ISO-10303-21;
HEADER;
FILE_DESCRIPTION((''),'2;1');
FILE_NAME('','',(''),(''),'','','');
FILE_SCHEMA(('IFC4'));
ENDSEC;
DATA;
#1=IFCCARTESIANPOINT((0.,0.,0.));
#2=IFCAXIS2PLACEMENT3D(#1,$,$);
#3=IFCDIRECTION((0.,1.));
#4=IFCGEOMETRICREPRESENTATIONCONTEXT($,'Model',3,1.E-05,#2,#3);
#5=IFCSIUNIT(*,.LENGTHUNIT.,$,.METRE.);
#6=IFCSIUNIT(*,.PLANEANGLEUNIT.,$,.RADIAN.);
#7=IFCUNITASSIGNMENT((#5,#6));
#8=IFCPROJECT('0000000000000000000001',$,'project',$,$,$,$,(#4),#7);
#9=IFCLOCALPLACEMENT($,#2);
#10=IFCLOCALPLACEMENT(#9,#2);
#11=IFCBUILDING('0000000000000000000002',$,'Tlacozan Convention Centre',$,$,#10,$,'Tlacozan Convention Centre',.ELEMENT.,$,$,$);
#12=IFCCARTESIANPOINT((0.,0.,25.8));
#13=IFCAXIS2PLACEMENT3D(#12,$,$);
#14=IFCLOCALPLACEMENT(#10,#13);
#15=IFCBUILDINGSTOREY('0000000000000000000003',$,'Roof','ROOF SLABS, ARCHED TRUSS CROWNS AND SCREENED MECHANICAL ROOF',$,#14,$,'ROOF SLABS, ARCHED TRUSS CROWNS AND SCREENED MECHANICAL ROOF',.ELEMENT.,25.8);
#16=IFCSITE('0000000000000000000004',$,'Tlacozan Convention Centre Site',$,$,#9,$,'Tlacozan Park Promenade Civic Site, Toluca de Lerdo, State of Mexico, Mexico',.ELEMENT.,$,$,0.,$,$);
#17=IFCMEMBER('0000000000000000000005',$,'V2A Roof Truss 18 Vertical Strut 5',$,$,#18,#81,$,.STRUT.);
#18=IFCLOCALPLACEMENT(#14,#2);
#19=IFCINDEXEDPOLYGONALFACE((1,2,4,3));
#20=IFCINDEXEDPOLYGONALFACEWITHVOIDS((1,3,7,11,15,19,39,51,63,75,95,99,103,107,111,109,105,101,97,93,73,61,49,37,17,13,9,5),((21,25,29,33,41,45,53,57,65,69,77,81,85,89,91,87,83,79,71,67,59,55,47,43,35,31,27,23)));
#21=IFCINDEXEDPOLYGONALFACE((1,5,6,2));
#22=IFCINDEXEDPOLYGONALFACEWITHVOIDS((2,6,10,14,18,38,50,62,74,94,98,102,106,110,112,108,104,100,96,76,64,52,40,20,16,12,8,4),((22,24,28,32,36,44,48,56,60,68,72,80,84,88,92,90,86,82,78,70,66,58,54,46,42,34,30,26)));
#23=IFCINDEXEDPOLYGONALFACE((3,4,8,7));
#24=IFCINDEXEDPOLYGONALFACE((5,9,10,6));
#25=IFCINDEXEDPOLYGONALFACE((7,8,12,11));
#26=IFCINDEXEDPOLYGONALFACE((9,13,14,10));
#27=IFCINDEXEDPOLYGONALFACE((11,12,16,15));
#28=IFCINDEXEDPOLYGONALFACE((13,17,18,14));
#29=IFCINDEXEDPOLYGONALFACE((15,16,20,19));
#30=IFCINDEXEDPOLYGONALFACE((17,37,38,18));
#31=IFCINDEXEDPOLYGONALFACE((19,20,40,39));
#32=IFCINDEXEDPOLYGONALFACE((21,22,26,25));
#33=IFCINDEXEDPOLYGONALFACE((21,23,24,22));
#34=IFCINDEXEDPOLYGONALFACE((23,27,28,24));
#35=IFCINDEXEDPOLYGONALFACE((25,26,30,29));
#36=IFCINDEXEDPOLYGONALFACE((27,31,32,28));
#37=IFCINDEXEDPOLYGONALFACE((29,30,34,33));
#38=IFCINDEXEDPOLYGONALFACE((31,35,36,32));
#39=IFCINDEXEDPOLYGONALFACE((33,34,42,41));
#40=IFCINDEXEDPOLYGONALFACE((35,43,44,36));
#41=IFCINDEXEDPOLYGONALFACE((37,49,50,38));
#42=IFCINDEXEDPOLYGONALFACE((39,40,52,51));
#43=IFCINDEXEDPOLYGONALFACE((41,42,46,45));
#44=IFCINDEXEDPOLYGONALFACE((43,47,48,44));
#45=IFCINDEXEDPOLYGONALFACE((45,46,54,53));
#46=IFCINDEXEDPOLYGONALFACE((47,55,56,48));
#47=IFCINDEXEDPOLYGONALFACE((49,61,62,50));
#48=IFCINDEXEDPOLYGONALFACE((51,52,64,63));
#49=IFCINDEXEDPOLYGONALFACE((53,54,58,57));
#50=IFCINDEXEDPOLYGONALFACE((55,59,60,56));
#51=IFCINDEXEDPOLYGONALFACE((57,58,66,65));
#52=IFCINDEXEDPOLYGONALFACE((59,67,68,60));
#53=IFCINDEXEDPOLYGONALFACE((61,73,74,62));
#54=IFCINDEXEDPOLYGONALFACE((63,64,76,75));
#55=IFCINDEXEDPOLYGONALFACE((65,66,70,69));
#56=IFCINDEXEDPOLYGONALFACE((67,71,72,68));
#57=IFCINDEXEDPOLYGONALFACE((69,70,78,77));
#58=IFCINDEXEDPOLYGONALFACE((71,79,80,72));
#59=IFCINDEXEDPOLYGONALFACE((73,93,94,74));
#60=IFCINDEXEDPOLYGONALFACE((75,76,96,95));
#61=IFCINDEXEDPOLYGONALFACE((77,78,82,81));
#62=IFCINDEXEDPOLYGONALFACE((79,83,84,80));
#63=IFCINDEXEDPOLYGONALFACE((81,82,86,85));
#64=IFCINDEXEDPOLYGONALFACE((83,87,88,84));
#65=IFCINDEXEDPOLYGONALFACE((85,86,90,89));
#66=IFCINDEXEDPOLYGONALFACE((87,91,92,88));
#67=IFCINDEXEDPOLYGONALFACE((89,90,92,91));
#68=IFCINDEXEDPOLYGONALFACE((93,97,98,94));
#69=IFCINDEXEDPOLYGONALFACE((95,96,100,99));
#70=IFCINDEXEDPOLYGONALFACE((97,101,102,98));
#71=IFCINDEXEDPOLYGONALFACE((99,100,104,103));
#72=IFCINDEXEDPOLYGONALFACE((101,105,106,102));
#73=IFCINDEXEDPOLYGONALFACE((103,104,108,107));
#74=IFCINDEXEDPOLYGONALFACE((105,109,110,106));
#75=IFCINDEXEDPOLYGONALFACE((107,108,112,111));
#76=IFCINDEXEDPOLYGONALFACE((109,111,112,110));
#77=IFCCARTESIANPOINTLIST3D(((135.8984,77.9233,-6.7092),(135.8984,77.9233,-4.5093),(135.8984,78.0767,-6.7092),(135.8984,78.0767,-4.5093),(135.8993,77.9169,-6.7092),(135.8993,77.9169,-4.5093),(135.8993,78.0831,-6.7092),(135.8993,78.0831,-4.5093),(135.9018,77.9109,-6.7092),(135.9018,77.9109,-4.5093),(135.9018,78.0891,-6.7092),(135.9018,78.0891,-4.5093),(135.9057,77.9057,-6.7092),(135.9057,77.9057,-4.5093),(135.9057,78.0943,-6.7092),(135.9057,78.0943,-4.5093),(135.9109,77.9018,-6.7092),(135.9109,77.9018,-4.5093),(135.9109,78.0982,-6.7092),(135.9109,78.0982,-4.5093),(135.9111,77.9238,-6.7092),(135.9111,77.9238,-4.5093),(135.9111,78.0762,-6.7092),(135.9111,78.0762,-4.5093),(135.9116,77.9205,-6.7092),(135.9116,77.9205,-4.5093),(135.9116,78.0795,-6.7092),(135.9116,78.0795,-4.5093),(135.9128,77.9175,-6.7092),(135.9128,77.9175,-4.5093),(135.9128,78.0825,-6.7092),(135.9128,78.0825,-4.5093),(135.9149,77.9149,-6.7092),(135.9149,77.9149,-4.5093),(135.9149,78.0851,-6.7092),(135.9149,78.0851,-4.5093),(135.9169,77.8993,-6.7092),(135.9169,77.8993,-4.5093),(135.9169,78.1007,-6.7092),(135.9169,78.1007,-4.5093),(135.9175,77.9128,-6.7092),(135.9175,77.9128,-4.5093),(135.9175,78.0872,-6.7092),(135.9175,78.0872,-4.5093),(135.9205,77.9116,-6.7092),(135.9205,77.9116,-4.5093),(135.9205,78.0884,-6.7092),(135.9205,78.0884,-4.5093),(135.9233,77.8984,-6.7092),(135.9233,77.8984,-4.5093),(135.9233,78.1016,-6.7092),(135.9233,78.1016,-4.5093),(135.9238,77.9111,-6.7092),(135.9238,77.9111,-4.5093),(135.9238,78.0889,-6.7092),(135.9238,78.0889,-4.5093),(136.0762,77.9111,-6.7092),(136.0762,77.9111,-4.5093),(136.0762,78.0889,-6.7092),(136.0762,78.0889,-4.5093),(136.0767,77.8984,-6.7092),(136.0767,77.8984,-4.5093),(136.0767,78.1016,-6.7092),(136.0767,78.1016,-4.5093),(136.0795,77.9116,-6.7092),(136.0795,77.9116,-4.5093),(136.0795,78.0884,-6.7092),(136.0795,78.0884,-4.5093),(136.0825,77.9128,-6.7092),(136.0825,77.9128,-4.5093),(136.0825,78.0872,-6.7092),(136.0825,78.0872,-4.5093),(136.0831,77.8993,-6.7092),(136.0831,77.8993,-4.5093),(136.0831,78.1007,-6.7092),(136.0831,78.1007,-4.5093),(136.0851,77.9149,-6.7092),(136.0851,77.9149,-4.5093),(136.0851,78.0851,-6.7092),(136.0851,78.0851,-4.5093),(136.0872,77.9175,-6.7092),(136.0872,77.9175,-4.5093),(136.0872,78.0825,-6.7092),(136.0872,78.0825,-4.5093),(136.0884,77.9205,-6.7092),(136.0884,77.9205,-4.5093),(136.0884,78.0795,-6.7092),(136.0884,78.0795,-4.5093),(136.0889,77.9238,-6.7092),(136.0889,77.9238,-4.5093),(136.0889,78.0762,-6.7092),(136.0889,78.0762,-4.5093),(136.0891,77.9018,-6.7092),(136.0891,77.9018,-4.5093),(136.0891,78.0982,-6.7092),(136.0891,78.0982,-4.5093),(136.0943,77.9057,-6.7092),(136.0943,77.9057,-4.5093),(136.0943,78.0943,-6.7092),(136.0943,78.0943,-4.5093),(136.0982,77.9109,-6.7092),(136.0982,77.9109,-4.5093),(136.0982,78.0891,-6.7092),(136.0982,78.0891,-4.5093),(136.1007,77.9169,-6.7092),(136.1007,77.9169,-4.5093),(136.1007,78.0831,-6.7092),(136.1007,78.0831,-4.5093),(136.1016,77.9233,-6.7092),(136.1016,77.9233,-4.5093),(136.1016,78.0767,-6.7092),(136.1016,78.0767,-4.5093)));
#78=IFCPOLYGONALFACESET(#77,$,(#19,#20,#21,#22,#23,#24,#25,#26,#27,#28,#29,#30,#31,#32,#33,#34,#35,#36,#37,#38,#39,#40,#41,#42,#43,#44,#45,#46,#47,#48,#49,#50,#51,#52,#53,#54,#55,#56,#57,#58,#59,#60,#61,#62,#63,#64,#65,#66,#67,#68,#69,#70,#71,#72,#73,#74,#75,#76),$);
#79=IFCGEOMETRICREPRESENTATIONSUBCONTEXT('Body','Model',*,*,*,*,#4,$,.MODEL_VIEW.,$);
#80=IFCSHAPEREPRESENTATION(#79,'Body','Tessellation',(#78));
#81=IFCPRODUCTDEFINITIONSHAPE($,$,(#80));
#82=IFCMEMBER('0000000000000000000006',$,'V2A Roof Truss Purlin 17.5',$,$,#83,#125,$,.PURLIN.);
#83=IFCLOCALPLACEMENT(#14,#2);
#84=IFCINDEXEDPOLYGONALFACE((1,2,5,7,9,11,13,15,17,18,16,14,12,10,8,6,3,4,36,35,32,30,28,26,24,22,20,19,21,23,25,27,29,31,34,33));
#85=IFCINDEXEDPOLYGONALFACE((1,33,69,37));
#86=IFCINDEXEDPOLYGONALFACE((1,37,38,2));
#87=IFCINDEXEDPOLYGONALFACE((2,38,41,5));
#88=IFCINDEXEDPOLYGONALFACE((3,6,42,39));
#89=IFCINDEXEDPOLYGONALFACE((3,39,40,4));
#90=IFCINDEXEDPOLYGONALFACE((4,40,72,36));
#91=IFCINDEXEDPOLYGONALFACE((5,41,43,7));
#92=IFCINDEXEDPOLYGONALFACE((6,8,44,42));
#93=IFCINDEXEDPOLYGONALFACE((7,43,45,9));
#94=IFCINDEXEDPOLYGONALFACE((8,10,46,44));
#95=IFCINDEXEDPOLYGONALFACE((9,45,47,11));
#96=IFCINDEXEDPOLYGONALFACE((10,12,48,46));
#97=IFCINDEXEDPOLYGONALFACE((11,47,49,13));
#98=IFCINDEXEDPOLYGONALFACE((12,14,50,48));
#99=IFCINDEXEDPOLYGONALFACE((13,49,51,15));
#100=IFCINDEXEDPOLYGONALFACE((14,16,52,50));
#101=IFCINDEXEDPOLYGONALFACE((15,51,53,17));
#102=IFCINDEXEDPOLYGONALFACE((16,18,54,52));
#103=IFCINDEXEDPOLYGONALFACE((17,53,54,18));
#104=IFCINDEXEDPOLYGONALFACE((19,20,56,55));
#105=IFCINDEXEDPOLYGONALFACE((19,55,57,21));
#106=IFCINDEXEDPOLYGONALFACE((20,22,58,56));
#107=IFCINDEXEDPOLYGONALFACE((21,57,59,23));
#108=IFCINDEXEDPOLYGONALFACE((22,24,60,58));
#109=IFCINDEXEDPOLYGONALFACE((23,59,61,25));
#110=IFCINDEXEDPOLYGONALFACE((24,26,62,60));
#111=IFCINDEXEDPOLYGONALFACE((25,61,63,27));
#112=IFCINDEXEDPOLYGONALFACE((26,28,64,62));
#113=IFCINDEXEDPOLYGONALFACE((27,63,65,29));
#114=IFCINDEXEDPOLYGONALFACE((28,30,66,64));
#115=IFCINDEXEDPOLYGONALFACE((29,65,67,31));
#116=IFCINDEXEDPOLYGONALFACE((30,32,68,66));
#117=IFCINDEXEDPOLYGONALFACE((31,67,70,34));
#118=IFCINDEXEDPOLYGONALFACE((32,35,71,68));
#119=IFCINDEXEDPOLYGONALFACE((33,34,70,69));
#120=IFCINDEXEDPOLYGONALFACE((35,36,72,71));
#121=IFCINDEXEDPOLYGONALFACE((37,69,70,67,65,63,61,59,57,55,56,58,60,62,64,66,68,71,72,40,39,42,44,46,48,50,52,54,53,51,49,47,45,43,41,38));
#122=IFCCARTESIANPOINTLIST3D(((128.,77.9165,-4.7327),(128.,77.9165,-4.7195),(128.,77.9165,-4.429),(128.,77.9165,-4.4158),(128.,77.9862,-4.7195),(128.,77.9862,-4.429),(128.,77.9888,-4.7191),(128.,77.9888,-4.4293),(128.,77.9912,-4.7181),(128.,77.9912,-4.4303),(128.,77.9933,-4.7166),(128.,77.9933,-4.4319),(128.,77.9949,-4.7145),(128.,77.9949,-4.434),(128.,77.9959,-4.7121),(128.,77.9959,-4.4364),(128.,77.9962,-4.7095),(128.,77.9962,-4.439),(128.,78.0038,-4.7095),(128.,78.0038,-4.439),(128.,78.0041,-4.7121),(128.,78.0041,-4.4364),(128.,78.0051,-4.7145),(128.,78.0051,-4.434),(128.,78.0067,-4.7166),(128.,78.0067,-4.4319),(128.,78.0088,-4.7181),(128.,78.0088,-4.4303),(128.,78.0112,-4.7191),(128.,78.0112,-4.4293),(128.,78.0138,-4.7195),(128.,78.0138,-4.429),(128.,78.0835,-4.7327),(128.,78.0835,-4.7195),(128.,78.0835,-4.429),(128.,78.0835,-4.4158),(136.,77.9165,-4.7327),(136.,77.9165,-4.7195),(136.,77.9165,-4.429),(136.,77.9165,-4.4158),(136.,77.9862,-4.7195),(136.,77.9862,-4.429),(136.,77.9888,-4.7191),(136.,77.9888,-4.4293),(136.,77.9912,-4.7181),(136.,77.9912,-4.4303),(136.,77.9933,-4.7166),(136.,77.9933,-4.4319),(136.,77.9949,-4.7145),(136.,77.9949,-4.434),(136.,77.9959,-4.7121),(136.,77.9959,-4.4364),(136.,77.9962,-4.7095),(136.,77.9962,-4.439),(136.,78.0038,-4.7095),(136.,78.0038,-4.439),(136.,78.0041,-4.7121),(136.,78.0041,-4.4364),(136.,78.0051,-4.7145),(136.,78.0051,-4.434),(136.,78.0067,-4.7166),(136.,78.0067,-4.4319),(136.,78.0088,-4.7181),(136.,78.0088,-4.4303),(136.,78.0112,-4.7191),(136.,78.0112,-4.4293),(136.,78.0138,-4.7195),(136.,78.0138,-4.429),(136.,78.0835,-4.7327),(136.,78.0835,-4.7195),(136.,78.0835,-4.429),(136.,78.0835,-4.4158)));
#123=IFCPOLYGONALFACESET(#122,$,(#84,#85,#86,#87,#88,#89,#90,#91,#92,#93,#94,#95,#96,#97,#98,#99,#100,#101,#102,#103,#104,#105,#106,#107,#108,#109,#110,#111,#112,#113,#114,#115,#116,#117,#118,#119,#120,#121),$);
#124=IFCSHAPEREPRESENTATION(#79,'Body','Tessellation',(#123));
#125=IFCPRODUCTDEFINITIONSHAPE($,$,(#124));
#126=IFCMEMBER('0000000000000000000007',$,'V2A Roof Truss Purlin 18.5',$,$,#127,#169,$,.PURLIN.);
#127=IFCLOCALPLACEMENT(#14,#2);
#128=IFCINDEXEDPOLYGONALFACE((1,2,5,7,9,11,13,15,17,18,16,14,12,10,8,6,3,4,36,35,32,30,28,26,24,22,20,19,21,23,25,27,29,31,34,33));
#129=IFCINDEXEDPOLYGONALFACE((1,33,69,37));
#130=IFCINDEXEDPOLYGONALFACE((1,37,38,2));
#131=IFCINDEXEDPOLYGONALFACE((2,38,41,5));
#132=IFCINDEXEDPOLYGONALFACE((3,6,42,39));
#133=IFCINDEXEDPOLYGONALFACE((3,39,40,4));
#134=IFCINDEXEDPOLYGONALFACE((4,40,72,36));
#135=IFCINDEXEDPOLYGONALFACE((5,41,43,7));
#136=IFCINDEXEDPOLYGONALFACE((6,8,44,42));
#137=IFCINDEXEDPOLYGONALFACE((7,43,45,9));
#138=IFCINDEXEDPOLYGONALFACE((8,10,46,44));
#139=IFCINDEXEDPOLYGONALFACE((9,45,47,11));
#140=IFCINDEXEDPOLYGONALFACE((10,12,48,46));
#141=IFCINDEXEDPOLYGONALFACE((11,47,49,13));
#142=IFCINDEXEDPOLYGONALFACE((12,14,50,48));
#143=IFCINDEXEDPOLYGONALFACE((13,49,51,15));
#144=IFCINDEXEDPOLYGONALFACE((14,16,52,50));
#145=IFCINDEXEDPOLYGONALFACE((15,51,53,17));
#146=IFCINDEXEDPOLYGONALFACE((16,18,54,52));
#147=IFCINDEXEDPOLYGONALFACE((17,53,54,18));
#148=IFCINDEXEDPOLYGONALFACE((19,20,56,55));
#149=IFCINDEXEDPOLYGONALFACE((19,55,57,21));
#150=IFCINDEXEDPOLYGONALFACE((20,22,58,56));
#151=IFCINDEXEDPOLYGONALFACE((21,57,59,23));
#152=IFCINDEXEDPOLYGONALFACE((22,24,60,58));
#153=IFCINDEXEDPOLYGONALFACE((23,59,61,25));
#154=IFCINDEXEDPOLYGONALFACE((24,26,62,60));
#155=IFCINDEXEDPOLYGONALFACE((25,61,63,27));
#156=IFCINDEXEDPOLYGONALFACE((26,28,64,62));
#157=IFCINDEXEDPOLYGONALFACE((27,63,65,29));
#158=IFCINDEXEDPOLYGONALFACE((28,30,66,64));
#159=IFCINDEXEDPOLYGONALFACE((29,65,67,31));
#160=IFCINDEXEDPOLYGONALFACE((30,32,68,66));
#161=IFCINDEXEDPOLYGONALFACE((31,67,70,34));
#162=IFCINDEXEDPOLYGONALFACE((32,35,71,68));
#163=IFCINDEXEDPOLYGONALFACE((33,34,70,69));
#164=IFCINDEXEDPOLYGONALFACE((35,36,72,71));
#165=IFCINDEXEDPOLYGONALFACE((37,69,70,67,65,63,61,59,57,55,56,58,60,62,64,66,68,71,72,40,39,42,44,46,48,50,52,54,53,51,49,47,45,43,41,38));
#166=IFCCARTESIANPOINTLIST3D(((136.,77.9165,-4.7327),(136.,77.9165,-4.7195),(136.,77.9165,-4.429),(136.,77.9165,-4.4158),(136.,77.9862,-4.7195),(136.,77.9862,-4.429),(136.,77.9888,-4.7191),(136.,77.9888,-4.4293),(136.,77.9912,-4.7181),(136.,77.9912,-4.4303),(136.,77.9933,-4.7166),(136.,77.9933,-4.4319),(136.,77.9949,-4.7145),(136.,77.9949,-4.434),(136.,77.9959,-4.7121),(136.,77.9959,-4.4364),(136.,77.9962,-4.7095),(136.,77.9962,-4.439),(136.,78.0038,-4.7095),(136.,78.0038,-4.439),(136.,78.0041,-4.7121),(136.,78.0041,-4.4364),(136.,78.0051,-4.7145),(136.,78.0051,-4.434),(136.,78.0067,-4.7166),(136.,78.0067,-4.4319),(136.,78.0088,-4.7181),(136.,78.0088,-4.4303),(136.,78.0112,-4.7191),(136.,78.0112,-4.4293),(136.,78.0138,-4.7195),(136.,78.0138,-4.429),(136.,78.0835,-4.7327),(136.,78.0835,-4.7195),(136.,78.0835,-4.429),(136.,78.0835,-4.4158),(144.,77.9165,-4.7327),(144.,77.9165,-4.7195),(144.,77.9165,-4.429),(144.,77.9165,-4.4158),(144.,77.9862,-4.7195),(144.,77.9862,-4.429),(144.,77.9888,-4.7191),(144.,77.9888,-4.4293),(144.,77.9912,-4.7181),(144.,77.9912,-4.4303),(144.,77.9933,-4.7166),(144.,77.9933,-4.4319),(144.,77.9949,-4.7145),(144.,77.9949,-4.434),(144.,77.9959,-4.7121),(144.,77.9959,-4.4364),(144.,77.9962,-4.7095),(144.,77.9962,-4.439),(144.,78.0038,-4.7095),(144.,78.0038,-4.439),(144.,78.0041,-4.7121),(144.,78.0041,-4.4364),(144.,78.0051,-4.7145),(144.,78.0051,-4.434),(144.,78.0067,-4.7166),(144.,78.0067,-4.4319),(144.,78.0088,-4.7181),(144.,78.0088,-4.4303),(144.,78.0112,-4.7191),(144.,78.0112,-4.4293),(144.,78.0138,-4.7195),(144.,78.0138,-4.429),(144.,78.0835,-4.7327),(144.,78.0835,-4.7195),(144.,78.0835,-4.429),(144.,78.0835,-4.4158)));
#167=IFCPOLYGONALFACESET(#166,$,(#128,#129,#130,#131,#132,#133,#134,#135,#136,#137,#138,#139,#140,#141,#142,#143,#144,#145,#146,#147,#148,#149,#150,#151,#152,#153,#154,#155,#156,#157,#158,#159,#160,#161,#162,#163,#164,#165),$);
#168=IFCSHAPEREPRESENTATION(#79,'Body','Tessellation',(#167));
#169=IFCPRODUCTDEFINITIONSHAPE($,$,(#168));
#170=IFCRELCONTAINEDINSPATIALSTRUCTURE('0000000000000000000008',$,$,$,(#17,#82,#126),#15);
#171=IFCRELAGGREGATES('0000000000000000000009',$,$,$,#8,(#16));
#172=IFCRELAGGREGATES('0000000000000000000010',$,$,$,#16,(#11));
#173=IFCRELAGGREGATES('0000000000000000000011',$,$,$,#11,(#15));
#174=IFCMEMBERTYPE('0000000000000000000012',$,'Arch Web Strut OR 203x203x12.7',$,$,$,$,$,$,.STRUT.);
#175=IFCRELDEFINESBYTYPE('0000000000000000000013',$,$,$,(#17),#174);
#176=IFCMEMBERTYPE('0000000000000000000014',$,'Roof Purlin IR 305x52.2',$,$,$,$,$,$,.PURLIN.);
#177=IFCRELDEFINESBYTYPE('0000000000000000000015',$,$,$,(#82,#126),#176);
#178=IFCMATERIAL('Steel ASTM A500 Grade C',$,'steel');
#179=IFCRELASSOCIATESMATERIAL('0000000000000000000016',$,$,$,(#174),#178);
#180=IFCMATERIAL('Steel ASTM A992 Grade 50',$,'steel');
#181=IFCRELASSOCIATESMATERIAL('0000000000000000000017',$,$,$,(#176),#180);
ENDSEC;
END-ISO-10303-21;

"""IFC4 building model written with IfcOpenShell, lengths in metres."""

from ifc_helpers import new_model, si_unit, direction, frame, origin, origin_2d, place, context, subcontext, project, spatial, hollow_rectangle, i_section, extrude, material, material_profile, profile_set, type_object, element, save


model = new_model("IFC4")

# Units and contexts
model_context = context("Model", 3, precision=1e-05, world=origin(), true_north=direction((0.0, 1.0)))
body_context = subcontext(model_context, "Body", "Model", "MODEL_VIEW")
ifc_project = project(units=[si_unit("LENGTHUNIT", "METRE"), si_unit("PLANEANGLEUNIT", "RADIAN")], contexts=[model_context])

# Site, building, storey
site_placement = place(None, origin())
site = spatial("IfcSite", under=ifc_project, at=site_placement, Name="Tlacozan Convention Centre Site", LongName="Tlacozan Park Promenade Civic Site, Toluca de Lerdo, State of Mexico, Mexico", CompositionType="ELEMENT", RefElevation=0.0)
building_placement = place(site_placement, origin())
building = spatial("IfcBuilding", under=site, at=building_placement, Name="Tlacozan Convention Centre", LongName="Tlacozan Convention Centre", CompositionType="ELEMENT")
storey_placement = place(building_placement, frame((0.0, 0.0, 25.8)))
storey = spatial("IfcBuildingStorey", under=building, at=storey_placement, Name="Roof", Description="ROOF SLABS, ARCHED TRUSS CROWNS AND SCREENED MECHANICAL ROOF", LongName="ROOF SLABS, ARCHED TRUSS CROWNS AND SCREENED MECHANICAL ROOF", CompositionType="ELEMENT", Elevation=25.8)

# Members
ifc_material_1 = material(Name="Steel ASTM A500 Grade C", Category="steel")
ifc_material_profile_1 = material_profile(ifc_material_1, hollow_rectangle(XDim=0.2031, YDim=0.2031, WallThickness=0.0127, InnerFilletRadius=0.0127, OuterFilletRadius=0.0249, at=origin_2d()), Name="OR 203x203x12.7")
ifc_profile_set_1 = profile_set([ifc_material_profile_1], Name="Steel ASTM A500 Grade C")
member_type_1 = type_object("IfcMemberType", Name="Arch Web Strut OR 203x203x12.7", PredefinedType="STRUT", material=ifc_profile_set_1)
for number, where, z_axis, x_axis, name in (
    (1, (136.0, 78.0, -6.7092), (0.0, 0.0, 1.0), (1.0, 0.0, 0.0), "V2A Roof Truss 18 Vertical Strut 5"),
):
    element("IfcMember", number, at=place(storey_placement, frame(where, z_axis=z_axis, x_axis=x_axis)), inside=storey, type_object=member_type_1, Name=name, PredefinedType="STRUT", context=body_context, shape_type="SweptSolid", body=[
        extrude(hollow_rectangle(XDim=0.2031, YDim=0.2031, WallThickness=0.0127, InnerFilletRadius=0.0127, OuterFilletRadius=0.0249, at=origin_2d()), origin(), (0.0, 0.0, 1.0), 2.2),
    ])
ifc_material_2 = material(Name="Steel ASTM A992 Grade 50", Category="steel")
ifc_material_profile_2 = material_profile(ifc_material_2, i_section(OverallWidth=0.167, OverallDepth=0.3169, WebThickness=0.0076, FlangeThickness=0.0132, FilletRadius=0.01, at=origin_2d()), Name="IR 305x52.2")
ifc_profile_set_2 = profile_set([ifc_material_profile_2], Name="Steel ASTM A992 Grade 50")
member_type_2 = type_object("IfcMemberType", Name="Roof Purlin IR 305x52.2", PredefinedType="PURLIN", material=ifc_profile_set_2)
for number, where, z_axis, x_axis, name in (
    (2, (128.0, 78.0, -4.5742), (1.0, 0.0, 0.0), (0.0, 1.0, 0.0), "V2A Roof Truss Purlin 17.5"),
    (3, (136.0, 78.0, -4.5742), (1.0, 0.0, 0.0), (0.0, 1.0, 0.0), "V2A Roof Truss Purlin 18.5"),
):
    element("IfcMember", number, at=place(storey_placement, frame(where, z_axis=z_axis, x_axis=x_axis)), inside=storey, type_object=member_type_2, Name=name, PredefinedType="PURLIN", context=body_context, shape_type="SweptSolid", body=[
        extrude(i_section(OverallWidth=0.167, OverallDepth=0.3169, WebThickness=0.0076, FlangeThickness=0.0132, FilletRadius=0.01, at=origin_2d()), origin(), (0.0, 0.0, 1.0), 8.0),
    ])

save(model, "model.ifc")
